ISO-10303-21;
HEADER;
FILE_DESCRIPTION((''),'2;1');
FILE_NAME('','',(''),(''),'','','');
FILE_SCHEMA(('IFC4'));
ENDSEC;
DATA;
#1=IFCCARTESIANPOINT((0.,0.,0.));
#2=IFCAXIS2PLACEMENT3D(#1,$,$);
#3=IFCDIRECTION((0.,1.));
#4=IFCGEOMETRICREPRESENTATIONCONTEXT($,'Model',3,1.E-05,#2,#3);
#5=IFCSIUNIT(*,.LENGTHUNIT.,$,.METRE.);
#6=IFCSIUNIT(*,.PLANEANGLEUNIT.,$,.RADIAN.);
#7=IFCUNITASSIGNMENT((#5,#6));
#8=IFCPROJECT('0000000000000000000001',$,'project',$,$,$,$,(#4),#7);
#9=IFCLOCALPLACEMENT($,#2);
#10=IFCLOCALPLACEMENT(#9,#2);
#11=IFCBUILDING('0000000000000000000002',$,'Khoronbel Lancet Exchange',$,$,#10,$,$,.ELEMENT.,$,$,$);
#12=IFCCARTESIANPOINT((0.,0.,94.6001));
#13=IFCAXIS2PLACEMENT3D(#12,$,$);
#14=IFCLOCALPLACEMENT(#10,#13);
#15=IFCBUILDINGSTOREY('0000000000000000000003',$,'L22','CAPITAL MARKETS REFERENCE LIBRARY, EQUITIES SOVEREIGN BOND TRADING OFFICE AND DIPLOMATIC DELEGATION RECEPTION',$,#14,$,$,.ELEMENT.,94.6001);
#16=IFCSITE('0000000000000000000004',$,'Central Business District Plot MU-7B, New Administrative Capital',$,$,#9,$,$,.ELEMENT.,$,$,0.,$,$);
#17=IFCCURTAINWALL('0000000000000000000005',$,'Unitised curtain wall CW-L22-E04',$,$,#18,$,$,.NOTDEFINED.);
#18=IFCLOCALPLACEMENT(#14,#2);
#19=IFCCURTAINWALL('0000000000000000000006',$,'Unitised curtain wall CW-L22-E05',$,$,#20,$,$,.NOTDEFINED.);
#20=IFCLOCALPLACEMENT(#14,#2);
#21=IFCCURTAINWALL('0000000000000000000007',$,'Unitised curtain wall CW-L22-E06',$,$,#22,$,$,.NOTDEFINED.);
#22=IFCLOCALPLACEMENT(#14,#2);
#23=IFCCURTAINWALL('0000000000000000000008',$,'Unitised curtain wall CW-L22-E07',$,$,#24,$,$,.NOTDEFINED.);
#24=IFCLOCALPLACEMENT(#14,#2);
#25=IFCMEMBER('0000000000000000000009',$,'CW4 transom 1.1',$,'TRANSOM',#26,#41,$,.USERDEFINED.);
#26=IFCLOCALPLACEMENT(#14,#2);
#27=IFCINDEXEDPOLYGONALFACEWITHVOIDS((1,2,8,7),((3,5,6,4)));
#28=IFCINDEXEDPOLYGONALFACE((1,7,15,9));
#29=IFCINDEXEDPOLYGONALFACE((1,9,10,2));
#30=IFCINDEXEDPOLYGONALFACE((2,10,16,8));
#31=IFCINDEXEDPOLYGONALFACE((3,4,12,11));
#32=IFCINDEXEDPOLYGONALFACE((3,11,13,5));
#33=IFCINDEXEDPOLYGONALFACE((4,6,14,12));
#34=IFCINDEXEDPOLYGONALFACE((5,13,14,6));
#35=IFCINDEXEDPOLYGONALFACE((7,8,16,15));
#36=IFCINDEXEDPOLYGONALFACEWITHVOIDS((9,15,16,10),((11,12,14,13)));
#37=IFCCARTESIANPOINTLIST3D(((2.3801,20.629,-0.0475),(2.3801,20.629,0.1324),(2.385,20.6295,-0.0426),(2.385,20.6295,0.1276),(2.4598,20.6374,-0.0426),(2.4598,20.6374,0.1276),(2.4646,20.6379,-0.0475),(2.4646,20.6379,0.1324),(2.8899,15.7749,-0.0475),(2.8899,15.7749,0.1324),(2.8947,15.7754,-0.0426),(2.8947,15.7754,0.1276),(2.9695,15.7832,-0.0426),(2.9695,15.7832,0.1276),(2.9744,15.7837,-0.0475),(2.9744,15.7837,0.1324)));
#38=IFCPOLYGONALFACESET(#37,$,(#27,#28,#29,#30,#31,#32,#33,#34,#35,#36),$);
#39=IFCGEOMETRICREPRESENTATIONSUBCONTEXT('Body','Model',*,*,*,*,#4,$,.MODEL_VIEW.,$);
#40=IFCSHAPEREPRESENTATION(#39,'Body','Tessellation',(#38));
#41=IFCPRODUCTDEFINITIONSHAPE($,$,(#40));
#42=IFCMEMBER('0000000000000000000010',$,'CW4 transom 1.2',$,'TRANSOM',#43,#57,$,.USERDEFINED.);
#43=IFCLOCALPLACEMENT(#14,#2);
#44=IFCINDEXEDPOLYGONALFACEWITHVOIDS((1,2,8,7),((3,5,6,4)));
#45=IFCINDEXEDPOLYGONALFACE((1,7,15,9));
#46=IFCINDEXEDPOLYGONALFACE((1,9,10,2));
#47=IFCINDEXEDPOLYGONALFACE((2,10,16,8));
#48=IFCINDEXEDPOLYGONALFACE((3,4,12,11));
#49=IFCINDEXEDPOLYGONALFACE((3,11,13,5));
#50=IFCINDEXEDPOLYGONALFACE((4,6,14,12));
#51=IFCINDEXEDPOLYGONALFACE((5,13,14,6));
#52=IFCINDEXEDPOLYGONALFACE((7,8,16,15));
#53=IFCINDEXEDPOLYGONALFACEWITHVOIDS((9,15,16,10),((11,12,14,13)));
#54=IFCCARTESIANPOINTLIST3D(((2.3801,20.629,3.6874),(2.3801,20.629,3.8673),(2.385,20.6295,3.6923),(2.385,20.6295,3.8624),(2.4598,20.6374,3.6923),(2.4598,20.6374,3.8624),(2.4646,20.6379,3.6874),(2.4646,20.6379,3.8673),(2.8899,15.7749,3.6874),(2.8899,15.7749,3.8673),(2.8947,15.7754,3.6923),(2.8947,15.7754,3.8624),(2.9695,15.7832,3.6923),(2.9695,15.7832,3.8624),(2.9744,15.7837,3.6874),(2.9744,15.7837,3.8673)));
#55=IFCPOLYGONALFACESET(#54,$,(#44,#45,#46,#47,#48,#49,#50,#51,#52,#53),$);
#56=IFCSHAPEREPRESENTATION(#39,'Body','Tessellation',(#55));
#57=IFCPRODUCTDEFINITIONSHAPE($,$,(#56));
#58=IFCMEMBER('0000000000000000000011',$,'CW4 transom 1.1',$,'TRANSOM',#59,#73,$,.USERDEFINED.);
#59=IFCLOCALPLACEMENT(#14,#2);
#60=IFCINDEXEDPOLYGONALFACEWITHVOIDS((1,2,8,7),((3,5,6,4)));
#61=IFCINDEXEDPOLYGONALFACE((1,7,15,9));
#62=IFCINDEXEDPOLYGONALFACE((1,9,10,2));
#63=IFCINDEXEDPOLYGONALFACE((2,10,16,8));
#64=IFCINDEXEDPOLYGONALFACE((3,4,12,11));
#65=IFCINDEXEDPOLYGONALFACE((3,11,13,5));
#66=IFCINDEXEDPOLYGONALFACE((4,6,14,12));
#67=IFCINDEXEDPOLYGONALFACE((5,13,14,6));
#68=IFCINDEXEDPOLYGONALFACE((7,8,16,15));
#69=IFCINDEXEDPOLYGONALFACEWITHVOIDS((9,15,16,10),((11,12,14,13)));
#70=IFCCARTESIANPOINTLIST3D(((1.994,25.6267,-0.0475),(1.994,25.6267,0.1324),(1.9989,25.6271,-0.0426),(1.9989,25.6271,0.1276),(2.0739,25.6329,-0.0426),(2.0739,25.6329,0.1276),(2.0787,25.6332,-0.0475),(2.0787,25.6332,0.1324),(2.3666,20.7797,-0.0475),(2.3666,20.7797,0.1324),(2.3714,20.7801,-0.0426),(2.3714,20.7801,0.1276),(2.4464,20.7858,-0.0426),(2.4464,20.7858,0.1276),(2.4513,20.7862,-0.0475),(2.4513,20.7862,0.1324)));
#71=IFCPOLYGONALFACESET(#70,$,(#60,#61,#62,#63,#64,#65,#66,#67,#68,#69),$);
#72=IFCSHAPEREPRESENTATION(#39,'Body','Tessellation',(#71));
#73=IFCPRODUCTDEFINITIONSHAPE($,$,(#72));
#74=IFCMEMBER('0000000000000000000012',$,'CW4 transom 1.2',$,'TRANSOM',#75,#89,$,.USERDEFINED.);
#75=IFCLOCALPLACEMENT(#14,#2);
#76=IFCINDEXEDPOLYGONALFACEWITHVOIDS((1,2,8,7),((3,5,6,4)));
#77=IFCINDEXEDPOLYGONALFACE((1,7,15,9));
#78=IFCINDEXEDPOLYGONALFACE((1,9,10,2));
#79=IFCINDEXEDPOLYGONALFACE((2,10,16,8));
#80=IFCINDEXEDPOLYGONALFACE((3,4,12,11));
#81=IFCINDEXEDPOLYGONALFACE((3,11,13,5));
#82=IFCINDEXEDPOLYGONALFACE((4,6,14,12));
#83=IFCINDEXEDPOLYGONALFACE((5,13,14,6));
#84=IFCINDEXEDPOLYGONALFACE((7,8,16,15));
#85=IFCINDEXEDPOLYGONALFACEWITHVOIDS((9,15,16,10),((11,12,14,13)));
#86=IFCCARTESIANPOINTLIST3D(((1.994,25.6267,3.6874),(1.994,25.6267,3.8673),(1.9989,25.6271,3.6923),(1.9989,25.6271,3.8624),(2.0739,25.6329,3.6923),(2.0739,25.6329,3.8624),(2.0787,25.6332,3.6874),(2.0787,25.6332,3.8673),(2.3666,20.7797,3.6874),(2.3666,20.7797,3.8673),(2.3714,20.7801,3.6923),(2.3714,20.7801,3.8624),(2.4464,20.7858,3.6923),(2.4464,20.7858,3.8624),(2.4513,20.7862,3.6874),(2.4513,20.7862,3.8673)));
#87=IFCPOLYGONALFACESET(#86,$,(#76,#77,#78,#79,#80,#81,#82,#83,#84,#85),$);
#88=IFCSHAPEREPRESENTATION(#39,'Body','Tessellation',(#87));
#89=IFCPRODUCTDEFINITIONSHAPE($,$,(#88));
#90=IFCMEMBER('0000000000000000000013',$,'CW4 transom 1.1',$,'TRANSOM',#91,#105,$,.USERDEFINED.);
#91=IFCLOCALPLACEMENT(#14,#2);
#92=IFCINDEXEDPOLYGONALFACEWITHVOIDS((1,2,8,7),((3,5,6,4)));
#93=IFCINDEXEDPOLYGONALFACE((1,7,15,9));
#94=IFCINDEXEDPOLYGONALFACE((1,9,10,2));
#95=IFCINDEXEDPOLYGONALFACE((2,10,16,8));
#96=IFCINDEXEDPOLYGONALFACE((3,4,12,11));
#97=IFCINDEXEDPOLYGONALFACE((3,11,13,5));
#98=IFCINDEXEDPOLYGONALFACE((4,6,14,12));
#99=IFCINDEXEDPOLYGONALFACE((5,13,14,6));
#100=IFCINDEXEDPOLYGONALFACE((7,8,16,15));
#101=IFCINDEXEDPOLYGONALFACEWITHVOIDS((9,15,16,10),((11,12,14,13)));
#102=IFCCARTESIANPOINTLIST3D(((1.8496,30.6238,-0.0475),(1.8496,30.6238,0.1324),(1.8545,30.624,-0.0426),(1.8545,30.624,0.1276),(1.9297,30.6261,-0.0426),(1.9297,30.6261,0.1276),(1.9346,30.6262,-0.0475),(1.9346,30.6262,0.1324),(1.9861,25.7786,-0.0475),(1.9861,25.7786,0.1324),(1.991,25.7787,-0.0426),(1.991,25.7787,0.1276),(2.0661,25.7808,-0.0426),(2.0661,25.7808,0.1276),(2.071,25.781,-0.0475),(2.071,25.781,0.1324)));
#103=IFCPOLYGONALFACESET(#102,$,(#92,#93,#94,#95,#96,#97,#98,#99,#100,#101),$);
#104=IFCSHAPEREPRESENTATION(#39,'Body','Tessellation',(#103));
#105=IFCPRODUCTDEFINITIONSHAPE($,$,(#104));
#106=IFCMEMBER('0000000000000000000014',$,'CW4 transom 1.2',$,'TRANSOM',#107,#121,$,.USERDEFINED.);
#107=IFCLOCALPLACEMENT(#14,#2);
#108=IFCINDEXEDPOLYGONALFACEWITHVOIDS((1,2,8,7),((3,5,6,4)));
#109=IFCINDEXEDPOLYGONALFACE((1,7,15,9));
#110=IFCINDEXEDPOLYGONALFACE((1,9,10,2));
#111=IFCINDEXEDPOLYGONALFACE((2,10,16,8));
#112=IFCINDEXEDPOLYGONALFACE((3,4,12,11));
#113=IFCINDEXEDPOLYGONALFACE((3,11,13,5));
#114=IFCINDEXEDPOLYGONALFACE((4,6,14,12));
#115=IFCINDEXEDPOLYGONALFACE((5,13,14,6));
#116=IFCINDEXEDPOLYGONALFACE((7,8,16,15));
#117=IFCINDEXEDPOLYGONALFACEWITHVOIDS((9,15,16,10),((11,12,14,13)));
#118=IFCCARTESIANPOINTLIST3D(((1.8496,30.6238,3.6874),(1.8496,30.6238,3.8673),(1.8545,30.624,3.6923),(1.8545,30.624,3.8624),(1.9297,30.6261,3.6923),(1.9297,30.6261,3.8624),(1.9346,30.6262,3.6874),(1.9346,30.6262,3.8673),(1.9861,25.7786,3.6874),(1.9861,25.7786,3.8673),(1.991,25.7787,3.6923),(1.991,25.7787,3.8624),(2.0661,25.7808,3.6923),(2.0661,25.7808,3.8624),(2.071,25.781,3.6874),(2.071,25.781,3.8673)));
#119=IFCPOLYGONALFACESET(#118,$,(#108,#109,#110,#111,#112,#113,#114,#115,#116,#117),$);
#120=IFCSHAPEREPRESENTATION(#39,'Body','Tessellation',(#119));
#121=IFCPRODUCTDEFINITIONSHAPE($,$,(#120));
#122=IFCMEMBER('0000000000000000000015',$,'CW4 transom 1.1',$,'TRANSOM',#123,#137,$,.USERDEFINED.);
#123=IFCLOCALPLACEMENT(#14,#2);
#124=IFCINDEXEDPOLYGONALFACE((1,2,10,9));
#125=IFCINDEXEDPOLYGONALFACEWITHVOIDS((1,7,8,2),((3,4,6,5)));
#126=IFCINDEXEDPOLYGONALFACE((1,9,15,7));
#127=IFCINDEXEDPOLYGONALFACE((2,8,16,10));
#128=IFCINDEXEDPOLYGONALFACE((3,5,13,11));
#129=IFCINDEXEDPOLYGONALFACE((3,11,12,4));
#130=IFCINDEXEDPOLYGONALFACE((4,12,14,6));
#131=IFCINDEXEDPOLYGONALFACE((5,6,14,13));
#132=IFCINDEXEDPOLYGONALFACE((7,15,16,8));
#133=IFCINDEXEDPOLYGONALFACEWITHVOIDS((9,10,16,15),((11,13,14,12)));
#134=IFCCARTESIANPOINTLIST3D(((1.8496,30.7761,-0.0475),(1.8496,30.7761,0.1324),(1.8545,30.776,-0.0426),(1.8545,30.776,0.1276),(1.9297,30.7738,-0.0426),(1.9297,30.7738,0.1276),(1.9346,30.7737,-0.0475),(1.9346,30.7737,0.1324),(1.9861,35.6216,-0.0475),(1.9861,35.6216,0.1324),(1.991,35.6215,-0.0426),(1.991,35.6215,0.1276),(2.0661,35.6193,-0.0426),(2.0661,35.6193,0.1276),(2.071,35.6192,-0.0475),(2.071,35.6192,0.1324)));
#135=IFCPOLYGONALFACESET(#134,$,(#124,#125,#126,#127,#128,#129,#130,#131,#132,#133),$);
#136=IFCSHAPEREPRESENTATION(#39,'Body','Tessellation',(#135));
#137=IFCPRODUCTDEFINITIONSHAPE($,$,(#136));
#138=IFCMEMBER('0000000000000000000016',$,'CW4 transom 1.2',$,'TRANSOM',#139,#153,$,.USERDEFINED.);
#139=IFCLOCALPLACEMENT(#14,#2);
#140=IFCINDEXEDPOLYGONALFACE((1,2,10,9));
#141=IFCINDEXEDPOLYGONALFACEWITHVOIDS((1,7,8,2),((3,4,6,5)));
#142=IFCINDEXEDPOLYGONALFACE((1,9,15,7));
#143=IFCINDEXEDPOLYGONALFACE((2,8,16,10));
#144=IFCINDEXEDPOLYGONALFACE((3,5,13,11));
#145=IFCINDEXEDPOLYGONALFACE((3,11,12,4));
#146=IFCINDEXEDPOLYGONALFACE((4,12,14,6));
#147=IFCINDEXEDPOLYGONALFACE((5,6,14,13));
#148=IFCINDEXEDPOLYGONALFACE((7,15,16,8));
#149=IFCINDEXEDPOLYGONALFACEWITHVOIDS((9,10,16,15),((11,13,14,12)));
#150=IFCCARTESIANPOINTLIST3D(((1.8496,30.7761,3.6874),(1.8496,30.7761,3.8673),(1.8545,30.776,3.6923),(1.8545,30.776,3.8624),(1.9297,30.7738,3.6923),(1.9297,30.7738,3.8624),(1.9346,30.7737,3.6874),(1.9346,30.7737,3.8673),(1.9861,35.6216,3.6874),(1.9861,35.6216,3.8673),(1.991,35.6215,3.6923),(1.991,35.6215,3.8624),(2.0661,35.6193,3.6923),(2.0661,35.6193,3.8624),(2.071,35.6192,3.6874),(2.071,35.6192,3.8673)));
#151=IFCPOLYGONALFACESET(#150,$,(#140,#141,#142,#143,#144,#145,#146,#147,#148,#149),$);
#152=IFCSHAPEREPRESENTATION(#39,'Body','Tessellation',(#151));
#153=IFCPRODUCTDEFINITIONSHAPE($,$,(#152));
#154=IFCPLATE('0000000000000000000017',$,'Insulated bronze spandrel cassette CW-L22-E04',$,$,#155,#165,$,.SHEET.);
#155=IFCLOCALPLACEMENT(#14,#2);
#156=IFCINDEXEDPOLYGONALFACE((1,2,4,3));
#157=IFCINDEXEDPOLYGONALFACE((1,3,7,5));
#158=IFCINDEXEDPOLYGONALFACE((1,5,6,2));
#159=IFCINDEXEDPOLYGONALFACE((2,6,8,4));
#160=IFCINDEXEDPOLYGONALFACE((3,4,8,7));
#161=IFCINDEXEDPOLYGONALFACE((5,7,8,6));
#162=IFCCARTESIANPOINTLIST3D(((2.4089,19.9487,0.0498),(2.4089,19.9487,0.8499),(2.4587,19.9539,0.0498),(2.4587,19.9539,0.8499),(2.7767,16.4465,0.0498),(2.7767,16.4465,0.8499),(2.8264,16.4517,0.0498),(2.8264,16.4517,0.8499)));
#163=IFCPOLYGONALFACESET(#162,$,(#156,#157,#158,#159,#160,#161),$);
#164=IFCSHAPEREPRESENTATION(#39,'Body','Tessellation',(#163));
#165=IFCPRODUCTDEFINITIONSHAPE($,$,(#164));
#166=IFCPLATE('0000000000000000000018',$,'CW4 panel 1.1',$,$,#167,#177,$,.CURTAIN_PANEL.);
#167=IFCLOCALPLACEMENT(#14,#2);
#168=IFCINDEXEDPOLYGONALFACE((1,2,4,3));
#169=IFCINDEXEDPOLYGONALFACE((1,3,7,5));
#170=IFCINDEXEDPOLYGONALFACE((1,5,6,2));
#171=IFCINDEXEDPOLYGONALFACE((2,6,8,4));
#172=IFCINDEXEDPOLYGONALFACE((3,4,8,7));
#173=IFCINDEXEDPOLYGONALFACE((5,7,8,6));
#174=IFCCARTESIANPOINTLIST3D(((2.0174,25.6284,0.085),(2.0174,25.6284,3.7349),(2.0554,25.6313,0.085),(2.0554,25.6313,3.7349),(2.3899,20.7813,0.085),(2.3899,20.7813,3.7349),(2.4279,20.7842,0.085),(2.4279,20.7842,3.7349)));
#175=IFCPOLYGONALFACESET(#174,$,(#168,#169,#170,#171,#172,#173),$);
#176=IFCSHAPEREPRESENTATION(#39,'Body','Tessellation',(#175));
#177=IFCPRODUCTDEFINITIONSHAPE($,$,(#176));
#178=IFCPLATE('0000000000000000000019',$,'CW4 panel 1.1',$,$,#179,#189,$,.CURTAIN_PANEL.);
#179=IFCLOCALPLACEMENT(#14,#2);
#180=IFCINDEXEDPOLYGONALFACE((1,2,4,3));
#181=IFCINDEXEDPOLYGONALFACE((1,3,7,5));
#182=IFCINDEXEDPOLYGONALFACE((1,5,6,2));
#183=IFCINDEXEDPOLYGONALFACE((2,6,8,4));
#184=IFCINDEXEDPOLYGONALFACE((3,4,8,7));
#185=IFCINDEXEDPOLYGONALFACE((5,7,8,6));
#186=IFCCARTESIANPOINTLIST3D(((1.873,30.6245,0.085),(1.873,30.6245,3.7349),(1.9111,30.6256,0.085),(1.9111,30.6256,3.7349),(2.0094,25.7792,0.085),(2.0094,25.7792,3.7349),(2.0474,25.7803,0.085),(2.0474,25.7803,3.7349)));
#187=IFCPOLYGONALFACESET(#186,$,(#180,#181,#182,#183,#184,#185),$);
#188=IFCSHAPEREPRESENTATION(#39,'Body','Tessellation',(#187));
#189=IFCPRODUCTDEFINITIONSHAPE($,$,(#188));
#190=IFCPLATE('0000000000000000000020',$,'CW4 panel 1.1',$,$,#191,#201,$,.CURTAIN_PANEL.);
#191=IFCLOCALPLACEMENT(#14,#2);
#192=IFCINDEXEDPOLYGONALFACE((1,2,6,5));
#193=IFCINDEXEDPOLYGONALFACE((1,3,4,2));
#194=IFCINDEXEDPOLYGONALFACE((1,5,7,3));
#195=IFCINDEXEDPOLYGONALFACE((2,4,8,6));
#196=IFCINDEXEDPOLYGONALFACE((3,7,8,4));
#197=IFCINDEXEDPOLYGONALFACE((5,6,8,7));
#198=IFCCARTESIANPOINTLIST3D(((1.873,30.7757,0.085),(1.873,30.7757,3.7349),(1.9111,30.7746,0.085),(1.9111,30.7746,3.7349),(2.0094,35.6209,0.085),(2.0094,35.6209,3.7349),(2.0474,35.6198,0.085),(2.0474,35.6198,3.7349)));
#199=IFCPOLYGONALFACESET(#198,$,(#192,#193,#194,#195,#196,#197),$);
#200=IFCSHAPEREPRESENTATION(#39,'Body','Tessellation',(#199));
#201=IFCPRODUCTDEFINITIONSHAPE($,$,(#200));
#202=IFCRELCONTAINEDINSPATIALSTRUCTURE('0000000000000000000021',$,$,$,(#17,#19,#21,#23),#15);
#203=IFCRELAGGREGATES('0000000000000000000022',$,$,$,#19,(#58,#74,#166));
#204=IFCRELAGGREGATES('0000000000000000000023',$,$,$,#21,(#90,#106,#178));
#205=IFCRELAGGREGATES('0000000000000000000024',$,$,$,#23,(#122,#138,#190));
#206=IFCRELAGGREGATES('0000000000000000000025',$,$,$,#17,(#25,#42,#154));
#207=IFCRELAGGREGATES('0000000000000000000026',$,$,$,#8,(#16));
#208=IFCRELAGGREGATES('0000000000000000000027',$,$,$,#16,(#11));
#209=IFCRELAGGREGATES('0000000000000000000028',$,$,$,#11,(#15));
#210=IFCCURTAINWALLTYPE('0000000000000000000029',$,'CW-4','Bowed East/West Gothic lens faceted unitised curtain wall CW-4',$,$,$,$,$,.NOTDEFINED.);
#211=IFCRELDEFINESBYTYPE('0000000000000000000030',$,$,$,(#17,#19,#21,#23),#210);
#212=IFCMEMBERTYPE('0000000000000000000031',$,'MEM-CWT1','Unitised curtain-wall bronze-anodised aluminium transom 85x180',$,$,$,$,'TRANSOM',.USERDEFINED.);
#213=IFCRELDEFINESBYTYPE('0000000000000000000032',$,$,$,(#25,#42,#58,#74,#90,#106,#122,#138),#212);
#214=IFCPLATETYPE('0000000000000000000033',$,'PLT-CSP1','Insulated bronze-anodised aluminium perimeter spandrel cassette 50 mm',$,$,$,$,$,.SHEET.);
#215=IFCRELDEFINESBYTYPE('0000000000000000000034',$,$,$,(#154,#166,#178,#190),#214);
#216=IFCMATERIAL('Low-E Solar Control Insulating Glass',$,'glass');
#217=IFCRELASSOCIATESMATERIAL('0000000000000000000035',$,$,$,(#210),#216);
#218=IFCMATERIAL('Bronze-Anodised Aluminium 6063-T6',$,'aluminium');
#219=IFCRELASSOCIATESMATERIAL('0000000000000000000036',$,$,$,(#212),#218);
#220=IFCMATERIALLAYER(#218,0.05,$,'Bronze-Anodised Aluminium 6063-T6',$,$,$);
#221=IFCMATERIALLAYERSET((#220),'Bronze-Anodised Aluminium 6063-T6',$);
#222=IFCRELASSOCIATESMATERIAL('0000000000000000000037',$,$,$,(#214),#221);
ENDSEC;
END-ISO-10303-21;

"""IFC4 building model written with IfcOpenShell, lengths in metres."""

from ifc_helpers import new_model, si_unit, direction, frame, origin, origin_2d, place, context, subcontext, project, spatial, rectangle, hollow_rectangle, extrude, material, layer, layer_set, material_profile, profile_set, type_object, element, aggregate, save


model = new_model("IFC4")

# Units and contexts
model_context = context("Model", 3, precision=1e-05, world=origin(), true_north=direction((0.0, 1.0)))
body_context = subcontext(model_context, "Body", "Model", "MODEL_VIEW")
ifc_project = project(units=[si_unit("LENGTHUNIT", "METRE"), si_unit("PLANEANGLEUNIT", "RADIAN")], contexts=[model_context])

# Site, building, storey
site_placement = place(None, origin())
site = spatial("IfcSite", under=ifc_project, at=site_placement, Name="Central Business District Plot MU-7B, New Administrative Capital", CompositionType="ELEMENT", RefElevation=0.0)
building_placement = place(site_placement, origin())
building = spatial("IfcBuilding", under=site, at=building_placement, Name="Khoronbel Lancet Exchange", CompositionType="ELEMENT")
storey_placement = place(building_placement, frame((0.0, 0.0, 94.6001)))
storey = spatial("IfcBuildingStorey", under=building, at=storey_placement, Name="L22", Description="CAPITAL MARKETS REFERENCE LIBRARY, EQUITIES SOVEREIGN BOND TRADING OFFICE AND DIPLOMATIC DELEGATION RECEPTION", CompositionType="ELEMENT", Elevation=94.6001)

# Curtain walls
ifc_material_1 = material(Name="Low-E Solar Control Insulating Glass", Category="glass")
curtain_wall_type = type_object("IfcCurtainWallType", Name="CW-4", Description="Bowed East/West Gothic lens faceted unitised curtain wall CW-4", PredefinedType="NOTDEFINED", material=ifc_material_1)
curtain_wall_1_placement = place(storey_placement, origin())
curtain_wall_1 = element("IfcCurtainWall", 1, at=curtain_wall_1_placement, inside=storey, type_object=curtain_wall_type, Name="Unitised curtain wall CW-L22-E04", PredefinedType="NOTDEFINED")
ifc_material_2 = material(Name="Bronze-Anodised Aluminium 6063-T6", Category="aluminium")
curtain_wall_2_placement = place(storey_placement, origin())
curtain_wall_2 = element("IfcCurtainWall", 2, at=curtain_wall_2_placement, inside=storey, type_object=curtain_wall_type, Name="Unitised curtain wall CW-L22-E05", PredefinedType="NOTDEFINED")
curtain_wall_3_placement = place(storey_placement, origin())
curtain_wall_3 = element("IfcCurtainWall", 3, at=curtain_wall_3_placement, inside=storey, type_object=curtain_wall_type, Name="Unitised curtain wall CW-L22-E06", PredefinedType="NOTDEFINED")
curtain_wall_4_placement = place(storey_placement, origin())
curtain_wall_4 = element("IfcCurtainWall", 4, at=curtain_wall_4_placement, inside=storey, type_object=curtain_wall_type, Name="Unitised curtain wall CW-L22-E07", PredefinedType="NOTDEFINED")

# Members
ifc_material_profile_1 = material_profile(ifc_material_2, hollow_rectangle(XDim=0.085, YDim=0.1799, WallThickness=0.0049, at=origin_2d()), Name="ALU TRANSOM 85x180")
ifc_profile_set_1 = profile_set([ifc_material_profile_1], Name="Bronze-Anodised Aluminium 6063-T6")
member_type_1 = type_object("IfcMemberType", Name="MEM-CWT1", Description="Unitised curtain-wall bronze-anodised aluminium transom 85x180", ElementType="TRANSOM", PredefinedType="USERDEFINED", material=ifc_profile_set_1)
member_1_placement = place(storey_placement, frame((2.9321, 15.7793, 0.0425), z_axis=(-0.10444, 0.994531, 0.0), x_axis=(-0.994531, -0.10444, 0.0)))
member_1 = element("IfcMember", 5, at=member_1_placement, type_object=member_type_1, Name="CW4 transom 1.1", ObjectType="TRANSOM", PredefinedType="USERDEFINED", context=body_context, shape_type="SweptSolid", body=[
    extrude(hollow_rectangle(XDim=0.085, YDim=0.1799, WallThickness=0.0049, at=origin_2d()), origin(), (0.0, 0.0, 1.0), 4.8809),
])
member_2_placement = place(storey_placement, frame((2.9321, 15.7793, 3.7773), z_axis=(-0.10444, 0.994531, 0.0), x_axis=(-0.994531, -0.10444, 0.0)))
member_2 = element("IfcMember", 6, at=member_2_placement, type_object=member_type_1, Name="CW4 transom 1.2", ObjectType="TRANSOM", PredefinedType="USERDEFINED", context=body_context, shape_type="SweptSolid", body=[
    extrude(hollow_rectangle(XDim=0.085, YDim=0.1799, WallThickness=0.0049, at=origin_2d()), origin(), (0.0, 0.0, 1.0), 4.8809),
])
member_3_placement = place(storey_placement, frame((2.4089, 20.783, 0.0425), z_axis=(-0.076639, 0.997059, 0.0), x_axis=(-0.997059, -0.076639, 0.0)))
member_3 = element("IfcMember", 7, at=member_3_placement, type_object=member_type_1, Name="CW4 transom 1.1", ObjectType="TRANSOM", PredefinedType="USERDEFINED", context=body_context, shape_type="SweptSolid", body=[
    extrude(hollow_rectangle(XDim=0.085, YDim=0.1799, WallThickness=0.0049, at=origin_2d()), origin(), (0.0, 0.0, 1.0), 4.8613),
])
member_4_placement = place(storey_placement, frame((2.4089, 20.783, 3.7773), z_axis=(-0.076639, 0.997059, 0.0), x_axis=(-0.997059, -0.076639, 0.0)))
member_4 = element("IfcMember", 8, at=member_4_placement, type_object=member_type_1, Name="CW4 transom 1.2", ObjectType="TRANSOM", PredefinedType="USERDEFINED", context=body_context, shape_type="SweptSolid", body=[
    extrude(hollow_rectangle(XDim=0.085, YDim=0.1799, WallThickness=0.0049, at=origin_2d()), origin(), (0.0, 0.0, 1.0), 4.8613),
])
member_5_placement = place(storey_placement, frame((2.0286, 25.7798, 0.0425), z_axis=(-0.028156, 0.999604, 0.0), x_axis=(-0.999604, -0.028156, 0.0)))
member_5 = element("IfcMember", 9, at=member_5_placement, type_object=member_type_1, Name="CW4 transom 1.1", ObjectType="TRANSOM", PredefinedType="USERDEFINED", context=body_context, shape_type="SweptSolid", body=[
    extrude(hollow_rectangle(XDim=0.085, YDim=0.1799, WallThickness=0.0049, at=origin_2d()), origin(), (0.0, 0.0, 1.0), 4.8472),
])
member_6_placement = place(storey_placement, frame((2.0286, 25.7798, 3.7773), z_axis=(-0.028156, 0.999604, 0.0), x_axis=(-0.999604, -0.028156, 0.0)))
member_6 = element("IfcMember", 10, at=member_6_placement, type_object=member_type_1, Name="CW4 transom 1.2", ObjectType="TRANSOM", PredefinedType="USERDEFINED", context=body_context, shape_type="SweptSolid", body=[
    extrude(hollow_rectangle(XDim=0.085, YDim=0.1799, WallThickness=0.0049, at=origin_2d()), origin(), (0.0, 0.0, 1.0), 4.8472),
])
member_7_placement = place(storey_placement, frame((1.8921, 30.7749, 0.0425), z_axis=(0.028154, 0.999604, 0.0), x_axis=(-0.999604, 0.028154, 0.0)))
member_7 = element("IfcMember", 11, at=member_7_placement, type_object=member_type_1, Name="CW4 transom 1.1", ObjectType="TRANSOM", PredefinedType="USERDEFINED", context=body_context, shape_type="SweptSolid", body=[
    extrude(hollow_rectangle(XDim=0.085, YDim=0.1799, WallThickness=0.0049, at=origin_2d()), origin(), (0.0, 0.0, 1.0), 4.8474),
])
member_8_placement = place(storey_placement, frame((1.8921, 30.7749, 3.7773), z_axis=(0.028154, 0.999604, 0.0), x_axis=(-0.999604, 0.028154, 0.0)))
member_8 = element("IfcMember", 12, at=member_8_placement, type_object=member_type_1, Name="CW4 transom 1.2", ObjectType="TRANSOM", PredefinedType="USERDEFINED", context=body_context, shape_type="SweptSolid", body=[
    extrude(hollow_rectangle(XDim=0.085, YDim=0.1799, WallThickness=0.0049, at=origin_2d()), origin(), (0.0, 0.0, 1.0), 4.8474),
])

# Plates
ifc_layer_1 = layer(ifc_material_2, 0.05, Name="Bronze-Anodised Aluminium 6063-T6")
ifc_layer_set_1 = layer_set([ifc_layer_1], Name="Bronze-Anodised Aluminium 6063-T6")
plate_type_1 = type_object("IfcPlateType", Name="PLT-CSP1", Description="Insulated bronze-anodised aluminium perimeter spandrel cassette 50 mm", PredefinedType="SHEET", material=ifc_layer_set_1)
plate_1_placement = place(storey_placement, frame((2.6177, 18.2002, 0.0498), z_axis=(0.0, 0.0, 1.0), x_axis=(-0.104434, 0.994532, 0.0)))
plate_1 = element("IfcPlate", 13, at=plate_1_placement, type_object=plate_type_1, Name="Insulated bronze spandrel cassette CW-L22-E04", PredefinedType="SHEET", context=body_context, shape_type="SweptSolid", body=[
    extrude(rectangle(XDim=3.5215, YDim=0.05, at=origin_2d()), origin(), (0.0, 0.0, 1.0), 0.8),
])
plate_2_placement = place(storey_placement, frame((2.2227, 23.2063, 0.085), z_axis=(0.0, 0.0, 1.0), x_axis=(-0.076626, 0.99706, 0.0)))
plate_2 = element("IfcPlate", 14, at=plate_2_placement, type_object=plate_type_1, Name="CW4 panel 1.1", PredefinedType="CURTAIN_PANEL", context=body_context, shape_type="SweptSolid", body=[
    extrude(rectangle(XDim=4.8613, YDim=0.0381, at=origin_2d()), origin(), (0.0, 0.0, 1.0), 3.6499),
])
aggregate(curtain_wall_2, [member_3, member_4, plate_2])
plate_3_placement = place(storey_placement, frame((1.9602, 28.2024, 0.085), z_axis=(0.0, 0.0, 1.0), x_axis=(-0.028135, 0.999604, 0.0)))
plate_3 = element("IfcPlate", 15, at=plate_3_placement, type_object=plate_type_1, Name="CW4 panel 1.1", PredefinedType="CURTAIN_PANEL", context=body_context, shape_type="SweptSolid", body=[
    extrude(rectangle(XDim=4.8472, YDim=0.0381, at=origin_2d()), origin(), (0.0, 0.0, 1.0), 3.6499),
])
aggregate(curtain_wall_3, [member_5, member_6, plate_3])
plate_4_placement = place(storey_placement, frame((1.9602, 33.1978, 0.085), z_axis=(0.0, 0.0, 1.0), x_axis=(0.028135, 0.999604, 0.0)))
plate_4 = element("IfcPlate", 16, at=plate_4_placement, type_object=plate_type_1, Name="CW4 panel 1.1", PredefinedType="CURTAIN_PANEL", context=body_context, shape_type="SweptSolid", body=[
    extrude(rectangle(XDim=4.8472, YDim=0.0381, at=origin_2d()), origin(), (0.0, 0.0, 1.0), 3.6499),
])
aggregate(curtain_wall_4, [member_7, member_8, plate_4])
aggregate(curtain_wall_1, [member_1, member_2, plate_1])

save(model, "model.ifc")
